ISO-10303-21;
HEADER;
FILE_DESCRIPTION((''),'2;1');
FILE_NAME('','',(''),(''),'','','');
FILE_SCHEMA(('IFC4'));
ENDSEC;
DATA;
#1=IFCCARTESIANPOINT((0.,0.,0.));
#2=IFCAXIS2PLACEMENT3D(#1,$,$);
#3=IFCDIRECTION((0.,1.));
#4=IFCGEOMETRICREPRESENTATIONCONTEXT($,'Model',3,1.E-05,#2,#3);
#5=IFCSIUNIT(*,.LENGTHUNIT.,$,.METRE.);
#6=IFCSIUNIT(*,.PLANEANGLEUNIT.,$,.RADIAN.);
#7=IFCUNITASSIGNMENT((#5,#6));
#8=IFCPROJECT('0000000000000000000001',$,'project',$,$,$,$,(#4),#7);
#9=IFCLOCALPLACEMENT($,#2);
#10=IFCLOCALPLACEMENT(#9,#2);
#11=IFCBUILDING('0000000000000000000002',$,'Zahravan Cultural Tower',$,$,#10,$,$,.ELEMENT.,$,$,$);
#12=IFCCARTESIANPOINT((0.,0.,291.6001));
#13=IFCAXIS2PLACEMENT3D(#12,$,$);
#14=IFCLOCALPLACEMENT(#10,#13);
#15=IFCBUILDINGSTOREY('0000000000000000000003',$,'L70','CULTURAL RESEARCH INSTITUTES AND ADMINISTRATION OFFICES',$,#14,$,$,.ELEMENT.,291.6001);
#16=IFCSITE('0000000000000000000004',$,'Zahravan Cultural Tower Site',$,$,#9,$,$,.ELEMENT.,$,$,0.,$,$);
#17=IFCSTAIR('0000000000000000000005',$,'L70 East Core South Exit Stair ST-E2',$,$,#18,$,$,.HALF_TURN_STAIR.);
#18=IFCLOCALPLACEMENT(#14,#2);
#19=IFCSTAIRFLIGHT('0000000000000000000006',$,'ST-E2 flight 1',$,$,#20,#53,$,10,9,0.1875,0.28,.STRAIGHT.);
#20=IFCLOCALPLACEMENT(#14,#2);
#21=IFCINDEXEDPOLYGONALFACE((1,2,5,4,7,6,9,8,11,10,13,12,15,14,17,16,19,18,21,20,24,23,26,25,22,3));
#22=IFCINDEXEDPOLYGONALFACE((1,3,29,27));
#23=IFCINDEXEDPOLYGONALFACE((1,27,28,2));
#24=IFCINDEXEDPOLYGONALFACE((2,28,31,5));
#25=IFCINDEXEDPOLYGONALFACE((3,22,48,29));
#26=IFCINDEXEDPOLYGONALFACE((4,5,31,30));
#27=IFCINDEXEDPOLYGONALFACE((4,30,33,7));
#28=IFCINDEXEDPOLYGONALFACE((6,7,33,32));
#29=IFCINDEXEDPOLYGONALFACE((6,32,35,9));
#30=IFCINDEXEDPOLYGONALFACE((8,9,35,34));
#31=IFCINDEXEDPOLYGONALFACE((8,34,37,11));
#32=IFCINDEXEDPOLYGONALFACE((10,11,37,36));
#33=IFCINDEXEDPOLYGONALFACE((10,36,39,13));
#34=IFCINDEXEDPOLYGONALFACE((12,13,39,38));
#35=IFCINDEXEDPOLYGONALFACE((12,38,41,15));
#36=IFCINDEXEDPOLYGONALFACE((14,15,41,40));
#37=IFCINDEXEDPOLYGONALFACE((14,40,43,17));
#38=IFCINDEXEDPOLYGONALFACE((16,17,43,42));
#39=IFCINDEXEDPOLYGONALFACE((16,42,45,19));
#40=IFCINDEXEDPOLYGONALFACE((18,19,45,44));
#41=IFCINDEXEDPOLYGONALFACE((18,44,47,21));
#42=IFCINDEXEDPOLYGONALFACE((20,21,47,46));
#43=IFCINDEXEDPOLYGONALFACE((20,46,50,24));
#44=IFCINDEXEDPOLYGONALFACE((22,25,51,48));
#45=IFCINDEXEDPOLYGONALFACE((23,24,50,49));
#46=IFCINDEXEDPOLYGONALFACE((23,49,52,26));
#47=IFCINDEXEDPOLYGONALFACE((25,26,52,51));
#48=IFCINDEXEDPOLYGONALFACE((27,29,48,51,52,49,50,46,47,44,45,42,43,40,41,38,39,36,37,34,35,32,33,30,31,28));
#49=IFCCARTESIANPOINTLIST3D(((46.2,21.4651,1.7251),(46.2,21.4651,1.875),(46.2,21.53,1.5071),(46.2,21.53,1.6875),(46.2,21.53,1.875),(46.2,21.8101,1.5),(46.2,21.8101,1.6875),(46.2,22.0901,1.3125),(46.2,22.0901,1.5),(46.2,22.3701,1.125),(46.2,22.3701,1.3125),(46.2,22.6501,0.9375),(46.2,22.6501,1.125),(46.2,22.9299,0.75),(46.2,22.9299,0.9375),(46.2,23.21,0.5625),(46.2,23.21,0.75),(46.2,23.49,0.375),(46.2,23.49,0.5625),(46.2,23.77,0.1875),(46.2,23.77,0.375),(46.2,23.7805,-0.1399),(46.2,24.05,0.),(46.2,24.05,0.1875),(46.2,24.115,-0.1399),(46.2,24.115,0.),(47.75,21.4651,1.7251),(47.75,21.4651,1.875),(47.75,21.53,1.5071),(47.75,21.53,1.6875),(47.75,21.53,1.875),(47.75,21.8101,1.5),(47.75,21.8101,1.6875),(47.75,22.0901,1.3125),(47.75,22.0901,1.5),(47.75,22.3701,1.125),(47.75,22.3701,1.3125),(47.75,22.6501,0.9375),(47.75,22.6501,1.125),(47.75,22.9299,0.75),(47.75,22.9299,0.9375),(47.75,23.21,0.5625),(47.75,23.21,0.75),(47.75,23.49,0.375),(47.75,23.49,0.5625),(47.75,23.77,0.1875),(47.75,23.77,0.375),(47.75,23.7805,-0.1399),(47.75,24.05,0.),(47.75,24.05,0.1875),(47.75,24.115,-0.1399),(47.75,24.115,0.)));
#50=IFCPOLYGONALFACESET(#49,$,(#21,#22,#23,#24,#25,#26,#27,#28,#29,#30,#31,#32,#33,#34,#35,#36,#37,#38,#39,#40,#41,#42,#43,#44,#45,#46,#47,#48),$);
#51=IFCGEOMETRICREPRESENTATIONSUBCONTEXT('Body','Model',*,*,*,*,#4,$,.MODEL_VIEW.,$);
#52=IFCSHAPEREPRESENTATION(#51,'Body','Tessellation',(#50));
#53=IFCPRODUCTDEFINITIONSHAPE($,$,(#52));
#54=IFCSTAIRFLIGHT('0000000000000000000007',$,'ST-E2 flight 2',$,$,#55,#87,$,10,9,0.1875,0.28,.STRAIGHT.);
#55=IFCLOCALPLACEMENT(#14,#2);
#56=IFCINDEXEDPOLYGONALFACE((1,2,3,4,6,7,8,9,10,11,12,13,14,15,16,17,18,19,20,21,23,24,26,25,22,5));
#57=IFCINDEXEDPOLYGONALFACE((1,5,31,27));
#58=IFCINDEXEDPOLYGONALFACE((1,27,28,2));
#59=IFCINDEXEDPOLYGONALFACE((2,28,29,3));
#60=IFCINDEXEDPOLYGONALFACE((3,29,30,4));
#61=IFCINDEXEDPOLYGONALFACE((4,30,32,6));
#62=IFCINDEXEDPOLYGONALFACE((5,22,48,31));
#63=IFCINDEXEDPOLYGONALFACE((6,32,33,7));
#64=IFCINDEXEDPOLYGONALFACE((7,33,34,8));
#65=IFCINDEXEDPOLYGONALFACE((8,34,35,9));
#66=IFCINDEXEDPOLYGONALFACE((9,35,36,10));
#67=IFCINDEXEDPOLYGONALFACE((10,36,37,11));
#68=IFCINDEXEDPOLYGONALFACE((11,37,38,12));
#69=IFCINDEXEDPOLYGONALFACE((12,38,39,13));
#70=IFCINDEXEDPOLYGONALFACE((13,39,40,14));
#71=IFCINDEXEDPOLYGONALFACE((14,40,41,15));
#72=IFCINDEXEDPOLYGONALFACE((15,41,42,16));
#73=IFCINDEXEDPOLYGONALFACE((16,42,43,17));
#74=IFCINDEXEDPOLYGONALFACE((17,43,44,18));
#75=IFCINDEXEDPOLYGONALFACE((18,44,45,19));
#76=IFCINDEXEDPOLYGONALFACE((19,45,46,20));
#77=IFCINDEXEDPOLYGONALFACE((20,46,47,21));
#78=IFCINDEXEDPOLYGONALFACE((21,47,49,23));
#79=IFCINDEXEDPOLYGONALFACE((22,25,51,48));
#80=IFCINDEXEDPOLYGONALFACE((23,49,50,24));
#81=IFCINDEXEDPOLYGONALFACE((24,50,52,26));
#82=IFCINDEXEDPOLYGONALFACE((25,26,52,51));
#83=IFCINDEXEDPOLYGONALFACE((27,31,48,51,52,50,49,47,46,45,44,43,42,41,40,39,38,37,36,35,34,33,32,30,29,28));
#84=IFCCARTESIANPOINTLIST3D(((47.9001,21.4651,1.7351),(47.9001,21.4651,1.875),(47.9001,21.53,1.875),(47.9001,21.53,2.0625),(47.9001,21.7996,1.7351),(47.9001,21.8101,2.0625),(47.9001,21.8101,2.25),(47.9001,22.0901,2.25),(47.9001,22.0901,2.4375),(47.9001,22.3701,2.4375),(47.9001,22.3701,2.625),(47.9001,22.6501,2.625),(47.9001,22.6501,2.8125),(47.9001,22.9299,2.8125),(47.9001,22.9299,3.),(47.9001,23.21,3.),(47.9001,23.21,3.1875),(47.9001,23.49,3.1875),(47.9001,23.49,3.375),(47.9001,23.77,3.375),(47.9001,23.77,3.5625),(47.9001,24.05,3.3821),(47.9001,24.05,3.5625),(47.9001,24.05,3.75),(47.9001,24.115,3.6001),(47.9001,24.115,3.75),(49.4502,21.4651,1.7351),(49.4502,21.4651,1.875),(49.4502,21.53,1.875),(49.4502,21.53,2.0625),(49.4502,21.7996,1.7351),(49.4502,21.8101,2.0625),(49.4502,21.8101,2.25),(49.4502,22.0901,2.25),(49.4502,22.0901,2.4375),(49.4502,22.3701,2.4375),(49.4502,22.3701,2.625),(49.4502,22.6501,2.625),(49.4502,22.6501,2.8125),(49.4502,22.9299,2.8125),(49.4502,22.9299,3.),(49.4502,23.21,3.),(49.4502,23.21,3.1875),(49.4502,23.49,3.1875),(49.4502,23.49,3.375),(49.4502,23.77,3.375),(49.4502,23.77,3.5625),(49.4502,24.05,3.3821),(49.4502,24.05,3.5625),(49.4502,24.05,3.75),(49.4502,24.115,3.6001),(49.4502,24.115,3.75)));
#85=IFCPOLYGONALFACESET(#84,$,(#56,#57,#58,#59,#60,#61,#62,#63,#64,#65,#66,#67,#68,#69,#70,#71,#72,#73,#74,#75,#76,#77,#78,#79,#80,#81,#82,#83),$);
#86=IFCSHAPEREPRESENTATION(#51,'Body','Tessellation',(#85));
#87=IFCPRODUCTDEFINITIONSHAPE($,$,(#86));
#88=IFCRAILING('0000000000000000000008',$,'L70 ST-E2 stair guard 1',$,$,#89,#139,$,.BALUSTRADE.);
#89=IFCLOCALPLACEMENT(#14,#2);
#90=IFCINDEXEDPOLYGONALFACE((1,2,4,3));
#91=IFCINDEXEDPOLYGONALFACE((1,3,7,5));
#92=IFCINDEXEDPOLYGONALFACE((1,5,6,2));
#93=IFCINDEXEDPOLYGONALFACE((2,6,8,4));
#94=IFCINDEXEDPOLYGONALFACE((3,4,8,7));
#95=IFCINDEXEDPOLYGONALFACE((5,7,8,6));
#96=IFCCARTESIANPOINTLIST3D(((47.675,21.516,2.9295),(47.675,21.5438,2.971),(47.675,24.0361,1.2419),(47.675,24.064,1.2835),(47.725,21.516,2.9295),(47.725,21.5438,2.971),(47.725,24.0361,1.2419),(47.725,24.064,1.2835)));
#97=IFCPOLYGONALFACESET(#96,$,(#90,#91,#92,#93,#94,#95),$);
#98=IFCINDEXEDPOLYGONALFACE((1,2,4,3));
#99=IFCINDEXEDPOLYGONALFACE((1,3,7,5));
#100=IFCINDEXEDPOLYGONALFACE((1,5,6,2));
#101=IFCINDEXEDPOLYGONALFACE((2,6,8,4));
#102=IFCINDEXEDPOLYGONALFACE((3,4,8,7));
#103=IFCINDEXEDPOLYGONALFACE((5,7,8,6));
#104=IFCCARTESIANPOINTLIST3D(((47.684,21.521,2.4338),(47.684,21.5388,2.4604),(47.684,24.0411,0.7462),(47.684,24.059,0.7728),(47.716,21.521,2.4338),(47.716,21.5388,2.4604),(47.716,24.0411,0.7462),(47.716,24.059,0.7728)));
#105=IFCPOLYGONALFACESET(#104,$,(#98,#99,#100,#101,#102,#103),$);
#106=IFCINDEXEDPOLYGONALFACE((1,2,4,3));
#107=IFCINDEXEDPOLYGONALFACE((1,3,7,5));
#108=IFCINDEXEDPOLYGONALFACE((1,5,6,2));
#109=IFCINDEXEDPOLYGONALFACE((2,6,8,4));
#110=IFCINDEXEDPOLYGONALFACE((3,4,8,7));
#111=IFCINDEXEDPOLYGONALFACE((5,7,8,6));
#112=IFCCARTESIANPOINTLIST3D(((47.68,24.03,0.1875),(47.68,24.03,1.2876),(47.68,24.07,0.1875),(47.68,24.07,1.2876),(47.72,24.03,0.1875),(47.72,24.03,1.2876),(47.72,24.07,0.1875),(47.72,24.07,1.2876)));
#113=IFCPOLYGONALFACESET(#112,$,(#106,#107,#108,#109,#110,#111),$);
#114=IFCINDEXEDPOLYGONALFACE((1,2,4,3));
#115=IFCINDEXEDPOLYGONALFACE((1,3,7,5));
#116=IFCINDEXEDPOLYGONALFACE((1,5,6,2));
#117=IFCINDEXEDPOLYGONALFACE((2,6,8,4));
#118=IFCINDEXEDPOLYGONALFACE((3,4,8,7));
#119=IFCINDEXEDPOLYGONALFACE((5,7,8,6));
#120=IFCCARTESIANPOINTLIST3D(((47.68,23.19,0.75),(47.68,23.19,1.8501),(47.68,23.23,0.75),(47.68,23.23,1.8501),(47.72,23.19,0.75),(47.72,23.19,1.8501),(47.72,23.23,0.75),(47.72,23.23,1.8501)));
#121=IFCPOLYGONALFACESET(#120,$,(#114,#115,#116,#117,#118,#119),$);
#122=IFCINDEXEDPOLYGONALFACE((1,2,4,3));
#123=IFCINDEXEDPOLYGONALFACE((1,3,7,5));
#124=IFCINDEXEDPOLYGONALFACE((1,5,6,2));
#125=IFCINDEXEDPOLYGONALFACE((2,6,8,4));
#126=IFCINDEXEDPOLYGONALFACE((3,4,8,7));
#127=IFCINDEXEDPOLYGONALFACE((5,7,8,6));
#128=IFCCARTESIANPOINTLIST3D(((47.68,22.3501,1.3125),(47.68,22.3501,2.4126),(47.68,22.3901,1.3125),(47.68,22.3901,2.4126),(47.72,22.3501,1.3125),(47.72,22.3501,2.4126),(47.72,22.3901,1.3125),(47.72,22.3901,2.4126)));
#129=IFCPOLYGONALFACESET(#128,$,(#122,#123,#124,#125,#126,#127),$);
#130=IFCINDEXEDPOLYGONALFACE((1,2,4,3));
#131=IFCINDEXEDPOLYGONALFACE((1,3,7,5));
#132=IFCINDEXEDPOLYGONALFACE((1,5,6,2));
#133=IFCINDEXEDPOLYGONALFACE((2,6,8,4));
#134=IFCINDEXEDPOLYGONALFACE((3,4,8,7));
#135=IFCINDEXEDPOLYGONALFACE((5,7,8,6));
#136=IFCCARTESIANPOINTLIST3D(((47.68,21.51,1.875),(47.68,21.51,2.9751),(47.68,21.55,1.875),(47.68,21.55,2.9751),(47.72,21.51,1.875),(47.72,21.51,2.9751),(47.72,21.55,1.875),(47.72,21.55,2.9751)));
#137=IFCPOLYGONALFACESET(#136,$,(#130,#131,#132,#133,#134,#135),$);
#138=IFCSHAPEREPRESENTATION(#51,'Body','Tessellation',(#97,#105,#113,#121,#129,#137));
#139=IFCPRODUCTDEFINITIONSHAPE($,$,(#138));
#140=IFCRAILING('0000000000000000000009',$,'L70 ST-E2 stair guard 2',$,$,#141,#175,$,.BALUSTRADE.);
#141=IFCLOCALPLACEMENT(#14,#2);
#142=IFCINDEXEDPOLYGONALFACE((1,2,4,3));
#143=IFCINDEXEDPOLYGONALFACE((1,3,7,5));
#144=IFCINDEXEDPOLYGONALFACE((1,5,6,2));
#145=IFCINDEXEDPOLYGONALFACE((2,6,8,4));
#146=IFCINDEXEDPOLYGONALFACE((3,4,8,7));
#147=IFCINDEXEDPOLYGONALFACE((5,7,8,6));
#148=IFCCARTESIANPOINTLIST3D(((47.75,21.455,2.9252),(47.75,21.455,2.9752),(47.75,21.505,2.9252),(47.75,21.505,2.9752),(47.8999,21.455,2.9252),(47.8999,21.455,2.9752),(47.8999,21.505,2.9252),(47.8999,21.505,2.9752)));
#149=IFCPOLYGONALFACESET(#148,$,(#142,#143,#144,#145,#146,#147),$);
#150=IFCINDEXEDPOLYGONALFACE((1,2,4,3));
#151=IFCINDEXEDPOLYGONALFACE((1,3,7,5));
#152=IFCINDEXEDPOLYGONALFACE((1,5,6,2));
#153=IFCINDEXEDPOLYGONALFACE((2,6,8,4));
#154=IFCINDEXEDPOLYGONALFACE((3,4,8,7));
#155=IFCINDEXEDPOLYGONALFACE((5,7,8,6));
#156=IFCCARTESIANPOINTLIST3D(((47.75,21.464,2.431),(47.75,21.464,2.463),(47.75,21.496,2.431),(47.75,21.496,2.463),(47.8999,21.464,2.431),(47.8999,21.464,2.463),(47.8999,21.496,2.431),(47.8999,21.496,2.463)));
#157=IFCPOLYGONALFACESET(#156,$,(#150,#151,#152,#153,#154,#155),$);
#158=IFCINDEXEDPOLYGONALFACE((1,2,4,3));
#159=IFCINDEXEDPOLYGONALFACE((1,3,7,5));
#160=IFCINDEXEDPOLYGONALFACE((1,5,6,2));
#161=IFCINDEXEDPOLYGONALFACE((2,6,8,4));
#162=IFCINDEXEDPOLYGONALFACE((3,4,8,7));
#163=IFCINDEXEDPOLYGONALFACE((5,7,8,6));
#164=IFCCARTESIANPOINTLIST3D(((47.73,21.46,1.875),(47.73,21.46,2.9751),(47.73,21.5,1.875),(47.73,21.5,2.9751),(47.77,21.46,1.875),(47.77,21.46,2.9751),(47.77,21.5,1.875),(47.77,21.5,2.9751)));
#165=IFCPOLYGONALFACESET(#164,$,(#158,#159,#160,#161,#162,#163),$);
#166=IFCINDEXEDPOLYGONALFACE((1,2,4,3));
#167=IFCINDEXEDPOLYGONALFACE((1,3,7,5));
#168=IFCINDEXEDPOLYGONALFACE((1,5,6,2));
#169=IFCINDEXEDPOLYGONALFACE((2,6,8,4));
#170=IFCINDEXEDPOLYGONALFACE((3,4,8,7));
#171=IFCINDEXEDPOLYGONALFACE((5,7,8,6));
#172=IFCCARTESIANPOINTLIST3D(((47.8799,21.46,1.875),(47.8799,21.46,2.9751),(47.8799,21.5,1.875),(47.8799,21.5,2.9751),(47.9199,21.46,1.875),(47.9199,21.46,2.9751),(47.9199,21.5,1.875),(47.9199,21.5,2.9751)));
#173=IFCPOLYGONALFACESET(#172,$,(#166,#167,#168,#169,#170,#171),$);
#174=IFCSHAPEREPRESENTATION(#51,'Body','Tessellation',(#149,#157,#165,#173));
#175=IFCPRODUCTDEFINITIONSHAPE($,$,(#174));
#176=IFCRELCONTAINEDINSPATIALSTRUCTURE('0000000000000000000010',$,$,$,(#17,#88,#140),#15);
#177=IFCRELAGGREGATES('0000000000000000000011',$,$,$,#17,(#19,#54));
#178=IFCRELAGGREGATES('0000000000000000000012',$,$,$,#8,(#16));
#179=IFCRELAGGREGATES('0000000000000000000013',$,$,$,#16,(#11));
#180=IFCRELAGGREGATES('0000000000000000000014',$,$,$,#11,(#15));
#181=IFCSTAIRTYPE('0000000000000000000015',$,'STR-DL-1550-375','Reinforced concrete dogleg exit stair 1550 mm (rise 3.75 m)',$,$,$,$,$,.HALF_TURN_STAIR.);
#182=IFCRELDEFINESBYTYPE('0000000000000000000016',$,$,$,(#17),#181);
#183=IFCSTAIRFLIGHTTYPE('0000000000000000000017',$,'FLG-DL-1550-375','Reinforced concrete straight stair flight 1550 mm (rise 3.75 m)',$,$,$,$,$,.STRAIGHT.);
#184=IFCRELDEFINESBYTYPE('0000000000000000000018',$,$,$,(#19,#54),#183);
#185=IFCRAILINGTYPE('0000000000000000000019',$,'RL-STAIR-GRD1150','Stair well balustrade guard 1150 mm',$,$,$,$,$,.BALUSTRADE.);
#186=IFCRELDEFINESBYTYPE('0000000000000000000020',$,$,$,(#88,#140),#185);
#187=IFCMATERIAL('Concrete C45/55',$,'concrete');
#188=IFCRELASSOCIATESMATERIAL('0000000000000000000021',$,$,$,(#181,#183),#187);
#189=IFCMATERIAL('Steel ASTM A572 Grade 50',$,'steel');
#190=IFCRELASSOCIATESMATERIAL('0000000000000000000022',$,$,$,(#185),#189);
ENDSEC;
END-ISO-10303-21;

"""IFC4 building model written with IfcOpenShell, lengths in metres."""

from ifc_helpers import new_model, si_unit, direction, frame, origin, origin_2d, place, context, subcontext, project, spatial, polyline, rectangle, outline, extrude, material, type_object, element, aggregate, save


model = new_model("IFC4")

# Units and contexts
model_context = context("Model", 3, precision=1e-05, world=origin(), true_north=direction((0.0, 1.0)))
body_context = subcontext(model_context, "Body", "Model", "MODEL_VIEW")
ifc_project = project(units=[si_unit("LENGTHUNIT", "METRE"), si_unit("PLANEANGLEUNIT", "RADIAN")], contexts=[model_context])

# Site, building, storey
site_placement = place(None, origin())
site = spatial("IfcSite", under=ifc_project, at=site_placement, Name="Zahravan Cultural Tower Site", CompositionType="ELEMENT", RefElevation=0.0)
building_placement = place(site_placement, origin())
building = spatial("IfcBuilding", under=site, at=building_placement, Name="Zahravan Cultural Tower", CompositionType="ELEMENT")
storey_placement = place(building_placement, frame((0.0, 0.0, 291.6001)))
storey = spatial("IfcBuildingStorey", under=building, at=storey_placement, Name="L70", Description="CULTURAL RESEARCH INSTITUTES AND ADMINISTRATION OFFICES", CompositionType="ELEMENT", Elevation=291.6001)

# Shared definitions
ifc_material_1 = material(Name="Steel ASTM A572 Grade 50", Category="steel")

# Shared definitions
ifc_material_2 = material(Name="Concrete C45/55", Category="concrete")

# Stair, stair flights
stair_type = type_object("IfcStairType", Name="STR-DL-1550-375", Description="Reinforced concrete dogleg exit stair 1550 mm (rise 3.75 m)", PredefinedType="HALF_TURN_STAIR", material=ifc_material_2)
stair_placement = place(storey_placement, origin())
stair = element("IfcStair", 1, at=stair_placement, inside=storey, type_object=stair_type, Name="L70 East Core South Exit Stair ST-E2", PredefinedType="HALF_TURN_STAIR")
stair_flight_type = type_object("IfcStairFlightType", Name="FLG-DL-1550-375", Description="Reinforced concrete straight stair flight 1550 mm (rise 3.75 m)", PredefinedType="STRAIGHT", material=ifc_material_2)
stair_flight_1_placement = place(storey_placement, frame((46.9751, 24.05, 0.0), z_axis=(0.0, 0.0, 1.0), x_axis=(0.0, -1.0, 0.0)))
stair_flight_1 = element("IfcStairFlight", 2, at=stair_flight_1_placement, type_object=stair_flight_type, Name="ST-E2 flight 1", NumberOfRisers=10, NumberOfTreads=9, PredefinedType="STRAIGHT", RiserHeight=0.1875, TreadLength=0.28, context=body_context, shape_type="SweptSolid", body=[
    extrude(outline(polyline([(-0.0649, -0.1399), (-0.0649, 0.0), (0.0, 0.0), (0.0, 0.1875), (0.28, 0.1875), (0.28, 0.375), (0.5601, 0.375), (0.5601, 0.5625), (0.8401, 0.5625), (0.8401, 0.75), (1.1201, 0.75), (1.1201, 0.9375), (1.3999, 0.9375), (1.3999, 1.125), (1.6799, 1.125), (1.6799, 1.3125), (1.96, 1.3125), (1.96, 1.5), (2.24, 1.5), (2.24, 1.6875), (2.52, 1.6875), (2.52, 1.875), (2.585, 1.875), (2.585, 1.7251), (2.52, 1.5071), (0.2695, -0.1399), (-0.0649, -0.1399)])), frame((0.0, 0.7749, 0.0), z_axis=(0.0, -1.0, 0.0), x_axis=(1.0, 0.0, 0.0)), (0.0, 0.0, 1.0), 1.55),
])
stair_flight_2_placement = place(storey_placement, frame((48.675, 21.53, 1.875), z_axis=(0.0, 0.0, 1.0), x_axis=(0.0, 1.0, 0.0)))
stair_flight_2 = element("IfcStairFlight", 3, at=stair_flight_2_placement, type_object=stair_flight_type, Name="ST-E2 flight 2", NumberOfRisers=10, NumberOfTreads=9, PredefinedType="STRAIGHT", RiserHeight=0.1875, TreadLength=0.28, context=body_context, shape_type="SweptSolid", body=[
    extrude(outline(polyline([(-0.0649, -0.1399), (-0.0649, 0.0), (0.0, 0.0), (0.0, 0.1875), (0.28, 0.1875), (0.28, 0.375), (0.5601, 0.375), (0.5601, 0.5625), (0.8401, 0.5625), (0.8401, 0.75), (1.1201, 0.75), (1.1201, 0.9375), (1.3999, 0.9375), (1.3999, 1.125), (1.6799, 1.125), (1.6799, 1.3125), (1.96, 1.3125), (1.96, 1.5), (2.24, 1.5), (2.24, 1.6875), (2.52, 1.6875), (2.52, 1.875), (2.585, 1.875), (2.585, 1.7251), (2.52, 1.5071), (0.2695, -0.1399), (-0.0649, -0.1399)])), frame((0.0, 0.7749, 0.0), z_axis=(0.0, -1.0, 0.0), x_axis=(1.0, 0.0, 0.0)), (0.0, 0.0, 1.0), 1.55),
])
aggregate(stair, [stair_flight_1, stair_flight_2])

# Railings
railing_type_1 = type_object("IfcRailingType", Name="RL-STAIR-GRD1150", Description="Stair well balustrade guard 1150 mm", PredefinedType="BALUSTRADE", material=ifc_material_1)
railing_1_placement = place(storey_placement, frame((47.7, 24.05, 0.1875)))
element("IfcRailing", 4, at=railing_1_placement, inside=storey, type_object=railing_type_1, Name="L70 ST-E2 stair guard 1", PredefinedType="BALUSTRADE", context=body_context, shape_type="SweptSolid", body=[
    extrude(rectangle(XDim=0.05, YDim=0.05, at=origin_2d()), frame((0.0, 0.0, 1.0752), z_axis=(0.0, -0.830909, 0.556408), x_axis=(1.0, 0.0, 0.0)), (0.0, 0.0, 1.0), 3.033),
    extrude(rectangle(XDim=0.032, YDim=0.032, at=origin_2d()), frame((0.0, 0.0, 0.572), z_axis=(0.0, -0.830909, 0.556408), x_axis=(1.0, 0.0, 0.0)), (0.0, 0.0, 1.0), 3.033),
    extrude(rectangle(XDim=0.04, YDim=0.04, at=origin_2d()), origin(), (0.0, 0.0, 1.0), 1.1001),
    extrude(rectangle(XDim=0.04, YDim=0.04, at=origin_2d()), frame((0.0, -0.8401, 0.5625)), (0.0, 0.0, 1.0), 1.1001),
    extrude(rectangle(XDim=0.04, YDim=0.04, at=origin_2d()), frame((0.0, -1.6799, 1.125)), (0.0, 0.0, 1.0), 1.1001),
    extrude(rectangle(XDim=0.04, YDim=0.04, at=origin_2d()), frame((0.0, -2.52, 1.6875)), (0.0, 0.0, 1.0), 1.1001),
])
railing_2_placement = place(storey_placement, frame((47.75, 21.48, 1.875)))
element("IfcRailing", 5, at=railing_2_placement, inside=storey, type_object=railing_type_1, Name="L70 ST-E2 stair guard 2", PredefinedType="BALUSTRADE", context=body_context, shape_type="SweptSolid", body=[
    extrude(rectangle(XDim=0.05, YDim=0.05, at=origin_2d()), frame((0.0, 0.0, 1.0752), z_axis=(1.0, 0.0, 0.0), x_axis=(0.0, 1.0, 0.0)), (0.0, 0.0, 1.0), 0.1499),
    extrude(rectangle(XDim=0.032, YDim=0.032, at=origin_2d()), frame((0.0, 0.0, 0.572), z_axis=(1.0, 0.0, 0.0), x_axis=(0.0, 1.0, 0.0)), (0.0, 0.0, 1.0), 0.1499),
    extrude(rectangle(XDim=0.04, YDim=0.04, at=origin_2d()), origin(), (0.0, 0.0, 1.0), 1.1001),
    extrude(rectangle(XDim=0.04, YDim=0.04, at=origin_2d()), frame((0.1499, 0.0, 0.0)), (0.0, 0.0, 1.0), 1.1001),
])

save(model, "model.ifc")
